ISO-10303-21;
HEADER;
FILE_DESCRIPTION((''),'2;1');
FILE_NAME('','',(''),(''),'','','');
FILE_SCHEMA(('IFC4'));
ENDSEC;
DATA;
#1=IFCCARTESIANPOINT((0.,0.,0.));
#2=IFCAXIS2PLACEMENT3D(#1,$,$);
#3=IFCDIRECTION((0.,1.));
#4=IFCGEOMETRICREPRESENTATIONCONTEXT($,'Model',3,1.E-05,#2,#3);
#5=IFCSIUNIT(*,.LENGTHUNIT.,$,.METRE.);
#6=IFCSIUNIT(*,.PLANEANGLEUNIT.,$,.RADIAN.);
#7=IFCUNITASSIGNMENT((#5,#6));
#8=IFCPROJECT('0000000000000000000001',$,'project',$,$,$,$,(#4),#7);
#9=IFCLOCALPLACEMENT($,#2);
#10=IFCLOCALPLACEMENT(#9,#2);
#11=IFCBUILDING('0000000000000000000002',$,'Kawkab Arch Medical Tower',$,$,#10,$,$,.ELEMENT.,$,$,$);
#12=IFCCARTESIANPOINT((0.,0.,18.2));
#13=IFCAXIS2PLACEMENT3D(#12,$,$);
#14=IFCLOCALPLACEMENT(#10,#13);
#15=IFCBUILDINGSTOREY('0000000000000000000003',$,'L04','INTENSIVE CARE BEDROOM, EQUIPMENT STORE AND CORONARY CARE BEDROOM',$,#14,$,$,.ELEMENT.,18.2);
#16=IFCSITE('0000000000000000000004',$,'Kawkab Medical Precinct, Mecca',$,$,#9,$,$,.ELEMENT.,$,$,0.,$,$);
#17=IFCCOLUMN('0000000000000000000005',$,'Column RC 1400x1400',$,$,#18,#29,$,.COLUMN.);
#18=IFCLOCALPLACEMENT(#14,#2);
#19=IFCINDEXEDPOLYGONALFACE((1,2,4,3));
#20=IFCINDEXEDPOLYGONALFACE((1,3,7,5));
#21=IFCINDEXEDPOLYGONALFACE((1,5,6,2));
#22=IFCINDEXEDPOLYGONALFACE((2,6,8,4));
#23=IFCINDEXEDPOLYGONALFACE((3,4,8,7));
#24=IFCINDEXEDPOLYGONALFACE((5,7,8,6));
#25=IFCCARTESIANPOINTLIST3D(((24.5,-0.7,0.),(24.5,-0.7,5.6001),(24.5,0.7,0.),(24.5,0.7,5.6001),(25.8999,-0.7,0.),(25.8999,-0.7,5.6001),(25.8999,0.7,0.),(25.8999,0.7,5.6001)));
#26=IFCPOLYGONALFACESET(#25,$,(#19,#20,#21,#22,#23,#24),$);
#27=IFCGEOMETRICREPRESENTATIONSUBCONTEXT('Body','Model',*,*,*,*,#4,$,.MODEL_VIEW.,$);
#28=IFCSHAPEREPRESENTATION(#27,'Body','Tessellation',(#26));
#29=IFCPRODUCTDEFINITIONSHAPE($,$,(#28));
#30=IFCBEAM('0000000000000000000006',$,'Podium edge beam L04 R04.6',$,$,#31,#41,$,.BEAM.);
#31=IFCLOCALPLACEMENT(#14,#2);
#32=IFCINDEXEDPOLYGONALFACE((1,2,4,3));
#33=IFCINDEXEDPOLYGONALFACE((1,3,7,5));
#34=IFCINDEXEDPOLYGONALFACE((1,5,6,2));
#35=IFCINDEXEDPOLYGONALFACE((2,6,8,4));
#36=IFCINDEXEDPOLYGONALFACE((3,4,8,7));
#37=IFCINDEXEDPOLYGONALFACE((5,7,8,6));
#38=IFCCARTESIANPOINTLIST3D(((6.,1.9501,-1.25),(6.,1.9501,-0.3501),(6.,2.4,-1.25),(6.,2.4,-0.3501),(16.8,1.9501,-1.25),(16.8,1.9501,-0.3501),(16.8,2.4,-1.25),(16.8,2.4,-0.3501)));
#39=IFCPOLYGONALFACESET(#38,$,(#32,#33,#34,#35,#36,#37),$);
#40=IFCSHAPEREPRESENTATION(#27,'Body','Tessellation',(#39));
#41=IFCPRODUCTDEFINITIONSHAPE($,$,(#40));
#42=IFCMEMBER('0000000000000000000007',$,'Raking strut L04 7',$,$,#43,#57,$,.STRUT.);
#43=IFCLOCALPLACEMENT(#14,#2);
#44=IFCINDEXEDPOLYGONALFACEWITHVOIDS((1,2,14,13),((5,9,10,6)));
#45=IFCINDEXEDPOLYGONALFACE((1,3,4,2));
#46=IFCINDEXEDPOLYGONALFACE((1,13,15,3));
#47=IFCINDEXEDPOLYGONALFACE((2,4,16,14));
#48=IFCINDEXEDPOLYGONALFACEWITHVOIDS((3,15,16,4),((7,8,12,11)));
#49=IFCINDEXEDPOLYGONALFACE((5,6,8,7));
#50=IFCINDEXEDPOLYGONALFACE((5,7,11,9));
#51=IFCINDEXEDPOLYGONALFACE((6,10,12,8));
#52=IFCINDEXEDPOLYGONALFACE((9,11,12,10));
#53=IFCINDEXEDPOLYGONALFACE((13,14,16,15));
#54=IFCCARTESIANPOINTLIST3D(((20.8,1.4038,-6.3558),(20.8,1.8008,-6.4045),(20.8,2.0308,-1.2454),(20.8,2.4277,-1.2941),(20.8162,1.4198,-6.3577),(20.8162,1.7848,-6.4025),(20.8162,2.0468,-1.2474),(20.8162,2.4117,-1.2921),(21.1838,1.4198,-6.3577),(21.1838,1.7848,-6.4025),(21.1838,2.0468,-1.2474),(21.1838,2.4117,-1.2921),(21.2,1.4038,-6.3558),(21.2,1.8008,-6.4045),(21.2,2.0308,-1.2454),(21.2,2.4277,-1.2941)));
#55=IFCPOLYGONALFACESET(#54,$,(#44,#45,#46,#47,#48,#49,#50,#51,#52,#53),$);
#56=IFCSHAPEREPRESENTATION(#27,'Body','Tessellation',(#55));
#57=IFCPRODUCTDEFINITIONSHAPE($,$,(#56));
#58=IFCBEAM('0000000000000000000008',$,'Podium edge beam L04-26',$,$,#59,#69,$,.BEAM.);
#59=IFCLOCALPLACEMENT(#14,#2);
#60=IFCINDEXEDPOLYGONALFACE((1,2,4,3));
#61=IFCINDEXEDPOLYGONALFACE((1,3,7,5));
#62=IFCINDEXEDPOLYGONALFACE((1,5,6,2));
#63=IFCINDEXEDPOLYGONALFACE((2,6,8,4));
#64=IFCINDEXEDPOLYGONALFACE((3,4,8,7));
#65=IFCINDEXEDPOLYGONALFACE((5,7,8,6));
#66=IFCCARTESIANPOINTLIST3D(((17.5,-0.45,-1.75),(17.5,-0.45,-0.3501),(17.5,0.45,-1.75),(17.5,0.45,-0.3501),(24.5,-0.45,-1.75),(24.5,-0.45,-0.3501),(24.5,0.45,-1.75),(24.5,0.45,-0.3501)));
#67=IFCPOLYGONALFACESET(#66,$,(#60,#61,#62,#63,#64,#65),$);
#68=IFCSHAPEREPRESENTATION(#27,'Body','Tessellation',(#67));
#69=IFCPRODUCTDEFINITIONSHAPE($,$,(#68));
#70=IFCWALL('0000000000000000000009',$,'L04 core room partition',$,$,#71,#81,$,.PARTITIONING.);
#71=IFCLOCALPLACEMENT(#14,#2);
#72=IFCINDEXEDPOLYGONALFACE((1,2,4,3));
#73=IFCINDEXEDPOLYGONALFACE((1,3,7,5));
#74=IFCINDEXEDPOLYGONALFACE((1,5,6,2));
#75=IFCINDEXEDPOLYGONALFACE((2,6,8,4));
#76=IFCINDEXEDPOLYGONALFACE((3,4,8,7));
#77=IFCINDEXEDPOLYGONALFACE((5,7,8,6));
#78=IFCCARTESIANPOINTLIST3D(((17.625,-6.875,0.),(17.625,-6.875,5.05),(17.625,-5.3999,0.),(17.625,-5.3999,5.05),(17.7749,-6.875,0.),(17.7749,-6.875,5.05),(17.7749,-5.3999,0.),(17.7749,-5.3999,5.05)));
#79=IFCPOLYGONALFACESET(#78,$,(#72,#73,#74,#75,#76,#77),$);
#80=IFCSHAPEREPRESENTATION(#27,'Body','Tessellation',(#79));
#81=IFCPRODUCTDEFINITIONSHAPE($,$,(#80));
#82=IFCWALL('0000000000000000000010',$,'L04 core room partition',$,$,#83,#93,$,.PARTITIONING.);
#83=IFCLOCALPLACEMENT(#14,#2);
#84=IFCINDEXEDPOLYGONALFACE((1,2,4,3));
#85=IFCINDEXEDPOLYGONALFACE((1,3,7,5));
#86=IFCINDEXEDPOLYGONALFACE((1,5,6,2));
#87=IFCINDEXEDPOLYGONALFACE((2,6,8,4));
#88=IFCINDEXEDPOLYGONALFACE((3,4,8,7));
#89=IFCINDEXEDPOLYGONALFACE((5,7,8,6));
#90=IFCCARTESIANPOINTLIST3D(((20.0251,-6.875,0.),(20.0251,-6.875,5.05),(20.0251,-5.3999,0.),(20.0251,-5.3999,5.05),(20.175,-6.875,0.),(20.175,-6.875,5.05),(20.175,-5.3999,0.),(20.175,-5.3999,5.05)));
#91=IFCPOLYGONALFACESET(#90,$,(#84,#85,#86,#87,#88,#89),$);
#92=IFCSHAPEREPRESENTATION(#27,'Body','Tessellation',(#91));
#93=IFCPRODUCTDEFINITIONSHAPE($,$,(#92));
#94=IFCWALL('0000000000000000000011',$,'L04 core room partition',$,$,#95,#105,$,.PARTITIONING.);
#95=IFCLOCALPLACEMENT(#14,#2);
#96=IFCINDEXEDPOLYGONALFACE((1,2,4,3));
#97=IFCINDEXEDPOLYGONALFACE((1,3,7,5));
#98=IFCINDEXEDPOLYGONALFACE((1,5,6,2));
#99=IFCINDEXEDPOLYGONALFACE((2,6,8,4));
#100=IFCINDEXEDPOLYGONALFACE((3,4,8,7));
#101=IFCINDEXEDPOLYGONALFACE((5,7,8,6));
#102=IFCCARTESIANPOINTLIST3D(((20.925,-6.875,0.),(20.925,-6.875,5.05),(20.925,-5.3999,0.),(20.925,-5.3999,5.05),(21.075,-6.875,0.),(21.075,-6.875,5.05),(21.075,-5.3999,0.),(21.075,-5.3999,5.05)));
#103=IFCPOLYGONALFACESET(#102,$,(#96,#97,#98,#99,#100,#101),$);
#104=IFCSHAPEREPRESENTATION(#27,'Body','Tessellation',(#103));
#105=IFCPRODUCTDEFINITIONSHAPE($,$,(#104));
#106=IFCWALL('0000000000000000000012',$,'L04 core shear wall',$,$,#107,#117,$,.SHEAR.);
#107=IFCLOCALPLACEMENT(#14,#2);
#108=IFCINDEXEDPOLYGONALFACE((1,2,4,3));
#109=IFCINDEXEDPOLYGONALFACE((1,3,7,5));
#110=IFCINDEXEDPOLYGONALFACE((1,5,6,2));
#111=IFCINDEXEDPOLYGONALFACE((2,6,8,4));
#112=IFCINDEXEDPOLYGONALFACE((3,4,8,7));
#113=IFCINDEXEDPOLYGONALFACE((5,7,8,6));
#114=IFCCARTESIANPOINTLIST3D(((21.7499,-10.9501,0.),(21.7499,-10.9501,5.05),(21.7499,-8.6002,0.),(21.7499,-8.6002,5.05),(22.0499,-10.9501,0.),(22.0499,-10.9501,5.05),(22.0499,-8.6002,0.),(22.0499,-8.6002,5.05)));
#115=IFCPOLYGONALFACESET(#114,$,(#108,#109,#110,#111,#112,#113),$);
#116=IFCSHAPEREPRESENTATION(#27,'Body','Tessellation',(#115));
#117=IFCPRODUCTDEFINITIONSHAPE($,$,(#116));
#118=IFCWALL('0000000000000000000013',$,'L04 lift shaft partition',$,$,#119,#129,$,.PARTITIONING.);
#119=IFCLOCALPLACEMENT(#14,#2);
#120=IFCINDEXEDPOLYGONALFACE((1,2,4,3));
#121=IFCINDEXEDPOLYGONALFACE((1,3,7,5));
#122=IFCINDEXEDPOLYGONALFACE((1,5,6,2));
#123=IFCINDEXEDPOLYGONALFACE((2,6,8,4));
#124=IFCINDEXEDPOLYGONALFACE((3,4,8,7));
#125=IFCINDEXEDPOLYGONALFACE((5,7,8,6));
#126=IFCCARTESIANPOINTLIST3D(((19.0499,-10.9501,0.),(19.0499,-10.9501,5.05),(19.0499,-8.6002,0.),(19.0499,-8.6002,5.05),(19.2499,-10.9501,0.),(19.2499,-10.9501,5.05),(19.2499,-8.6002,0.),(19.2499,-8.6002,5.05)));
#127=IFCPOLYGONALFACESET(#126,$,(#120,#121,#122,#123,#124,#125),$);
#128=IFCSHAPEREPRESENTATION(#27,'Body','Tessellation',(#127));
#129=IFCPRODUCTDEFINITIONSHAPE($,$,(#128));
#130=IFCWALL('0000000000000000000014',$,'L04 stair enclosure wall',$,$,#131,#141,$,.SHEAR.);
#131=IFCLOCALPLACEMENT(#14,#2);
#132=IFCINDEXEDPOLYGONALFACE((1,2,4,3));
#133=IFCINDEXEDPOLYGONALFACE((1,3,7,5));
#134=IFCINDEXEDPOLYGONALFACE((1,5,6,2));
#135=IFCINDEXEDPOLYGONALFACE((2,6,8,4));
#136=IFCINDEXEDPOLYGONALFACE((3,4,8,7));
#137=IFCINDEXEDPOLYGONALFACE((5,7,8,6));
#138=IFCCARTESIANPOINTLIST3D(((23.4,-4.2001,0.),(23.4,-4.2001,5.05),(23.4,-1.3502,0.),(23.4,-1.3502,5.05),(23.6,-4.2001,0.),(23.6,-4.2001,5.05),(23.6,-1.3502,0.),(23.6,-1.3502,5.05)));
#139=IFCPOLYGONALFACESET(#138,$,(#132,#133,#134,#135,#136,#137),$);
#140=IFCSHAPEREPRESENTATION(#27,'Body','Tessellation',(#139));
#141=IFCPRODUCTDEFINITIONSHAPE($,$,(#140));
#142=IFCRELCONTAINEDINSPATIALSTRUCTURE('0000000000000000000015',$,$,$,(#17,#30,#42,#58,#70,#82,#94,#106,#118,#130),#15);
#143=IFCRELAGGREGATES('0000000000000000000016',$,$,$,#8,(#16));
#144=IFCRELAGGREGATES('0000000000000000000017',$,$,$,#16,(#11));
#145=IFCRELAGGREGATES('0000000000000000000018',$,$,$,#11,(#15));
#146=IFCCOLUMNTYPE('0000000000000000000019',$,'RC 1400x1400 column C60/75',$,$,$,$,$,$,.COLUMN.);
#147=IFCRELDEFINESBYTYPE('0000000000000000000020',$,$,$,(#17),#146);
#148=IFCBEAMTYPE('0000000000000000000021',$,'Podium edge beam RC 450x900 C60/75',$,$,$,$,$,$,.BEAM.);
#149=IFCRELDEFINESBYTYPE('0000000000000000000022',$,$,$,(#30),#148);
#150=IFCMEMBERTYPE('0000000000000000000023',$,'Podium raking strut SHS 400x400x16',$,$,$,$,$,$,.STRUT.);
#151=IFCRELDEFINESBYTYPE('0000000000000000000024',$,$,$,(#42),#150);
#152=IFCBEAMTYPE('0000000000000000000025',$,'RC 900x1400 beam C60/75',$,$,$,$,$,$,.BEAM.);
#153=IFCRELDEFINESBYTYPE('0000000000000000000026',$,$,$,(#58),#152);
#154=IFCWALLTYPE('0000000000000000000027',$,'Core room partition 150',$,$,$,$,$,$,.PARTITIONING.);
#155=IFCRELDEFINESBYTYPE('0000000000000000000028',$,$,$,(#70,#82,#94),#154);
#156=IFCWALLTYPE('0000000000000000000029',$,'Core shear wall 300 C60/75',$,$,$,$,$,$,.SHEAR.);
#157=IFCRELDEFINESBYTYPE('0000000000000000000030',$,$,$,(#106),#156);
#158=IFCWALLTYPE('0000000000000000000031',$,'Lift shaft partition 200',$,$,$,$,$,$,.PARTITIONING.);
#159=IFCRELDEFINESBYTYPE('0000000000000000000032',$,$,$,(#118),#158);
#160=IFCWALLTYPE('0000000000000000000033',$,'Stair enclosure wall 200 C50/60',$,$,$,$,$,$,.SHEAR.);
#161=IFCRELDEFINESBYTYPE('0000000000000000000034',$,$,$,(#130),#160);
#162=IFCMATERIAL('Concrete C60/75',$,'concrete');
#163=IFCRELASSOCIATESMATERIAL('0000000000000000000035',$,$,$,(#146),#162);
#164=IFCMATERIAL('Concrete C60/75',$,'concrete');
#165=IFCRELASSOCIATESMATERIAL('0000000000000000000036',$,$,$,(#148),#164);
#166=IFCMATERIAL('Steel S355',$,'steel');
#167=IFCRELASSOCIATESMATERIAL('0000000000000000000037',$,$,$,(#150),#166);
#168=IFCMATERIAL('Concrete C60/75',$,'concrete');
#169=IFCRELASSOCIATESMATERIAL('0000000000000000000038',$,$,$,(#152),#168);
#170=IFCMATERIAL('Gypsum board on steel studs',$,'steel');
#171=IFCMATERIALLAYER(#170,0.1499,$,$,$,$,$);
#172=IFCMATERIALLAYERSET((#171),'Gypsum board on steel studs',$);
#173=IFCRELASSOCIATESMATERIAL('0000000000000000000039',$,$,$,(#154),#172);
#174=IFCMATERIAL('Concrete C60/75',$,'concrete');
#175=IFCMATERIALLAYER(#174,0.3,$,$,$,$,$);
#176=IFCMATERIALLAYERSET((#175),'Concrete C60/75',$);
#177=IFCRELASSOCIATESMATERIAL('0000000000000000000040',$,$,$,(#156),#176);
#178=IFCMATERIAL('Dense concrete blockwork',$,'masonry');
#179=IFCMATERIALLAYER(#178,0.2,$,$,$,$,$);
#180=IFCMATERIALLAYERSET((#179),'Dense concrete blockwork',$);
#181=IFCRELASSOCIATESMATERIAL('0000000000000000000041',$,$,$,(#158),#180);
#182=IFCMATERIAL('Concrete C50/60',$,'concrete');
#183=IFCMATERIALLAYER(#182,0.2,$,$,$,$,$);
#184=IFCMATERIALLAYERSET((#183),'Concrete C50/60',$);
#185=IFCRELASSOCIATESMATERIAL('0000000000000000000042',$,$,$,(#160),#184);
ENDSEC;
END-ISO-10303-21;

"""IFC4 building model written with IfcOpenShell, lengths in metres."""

from ifc_helpers import new_model, si_unit, direction, frame, frame_2d, origin, origin_2d, place, context, subcontext, project, spatial, rectangle, hollow_rectangle, extrude, material, layer, layer_set, material_profile, profile_set, type_object, element, save


model = new_model("IFC4")

# Units and contexts
model_context = context("Model", 3, precision=1e-05, world=origin(), true_north=direction((0.0, 1.0)))
body_context = subcontext(model_context, "Body", "Model", "MODEL_VIEW")
ifc_project = project(units=[si_unit("LENGTHUNIT", "METRE"), si_unit("PLANEANGLEUNIT", "RADIAN")], contexts=[model_context])

# Site, building, storey
site_placement = place(None, origin())
site = spatial("IfcSite", under=ifc_project, at=site_placement, Name="Kawkab Medical Precinct, Mecca", CompositionType="ELEMENT", RefElevation=0.0)
building_placement = place(site_placement, origin())
building = spatial("IfcBuilding", under=site, at=building_placement, Name="Kawkab Arch Medical Tower", CompositionType="ELEMENT")
storey_placement = place(building_placement, frame((0.0, 0.0, 18.2)))
storey = spatial("IfcBuildingStorey", under=building, at=storey_placement, Name="L04", Description="INTENSIVE CARE BEDROOM, EQUIPMENT STORE AND CORONARY CARE BEDROOM", CompositionType="ELEMENT", Elevation=18.2)

# Column
ifc_material_1 = material(Name="Concrete C60/75", Category="concrete")
ifc_material_profile_1 = material_profile(ifc_material_1, rectangle(XDim=1.3999, YDim=1.3999, at=origin_2d()), Name="RC 1400x1400")
ifc_profile_set_1 = profile_set([ifc_material_profile_1], Name="Concrete C60/75")
column_type = type_object("IfcColumnType", Name="RC 1400x1400 column C60/75", PredefinedType="COLUMN", material=ifc_profile_set_1)
column_placement = place(storey_placement, frame((25.2, 0.0, 0.0), z_axis=(0.0, 0.0, 1.0), x_axis=(1.0, 0.0, 0.0)))
element("IfcColumn", 1, at=column_placement, inside=storey, type_object=column_type, Name="Column RC 1400x1400", PredefinedType="COLUMN", context=body_context, shape_type="SweptSolid", body=[
    extrude(rectangle(XDim=1.3999, YDim=1.3999, at=origin_2d()), origin(), (0.0, 0.0, 1.0), 5.6001),
])

# Beam
ifc_material_2 = material(Name="Concrete C60/75", Category="concrete")
ifc_material_profile_2 = material_profile(ifc_material_2, rectangle(XDim=0.45, YDim=0.8999, at=origin_2d()), Name="RC 450x900")
ifc_profile_set_2 = profile_set([ifc_material_profile_2], Name="Concrete C60/75")
beam_type_1 = type_object("IfcBeamType", Name="Podium edge beam RC 450x900 C60/75", PredefinedType="BEAM", material=ifc_profile_set_2)
beam_1_placement = place(storey_placement, frame((16.8, 2.175, -0.8), z_axis=(-1.0, 0.0, 0.0), x_axis=(0.0, -1.0, 0.0)))
element("IfcBeam", 2, at=beam_1_placement, inside=storey, type_object=beam_type_1, Name="Podium edge beam L04 R04.6", PredefinedType="BEAM", context=body_context, shape_type="SweptSolid", body=[
    extrude(rectangle(XDim=0.45, YDim=0.8999, at=origin_2d()), origin(), (0.0, 0.0, 1.0), 10.8),
])

# Member
ifc_material_3 = material(Name="Steel S355", Category="steel")
ifc_material_profile_3 = material_profile(ifc_material_3, hollow_rectangle(XDim=0.3999, YDim=0.3999, WallThickness=0.0161, at=origin_2d()), Name="SHS 400x400x16")
ifc_profile_set_3 = profile_set([ifc_material_profile_3], Name="Steel S355")
member_type = type_object("IfcMemberType", Name="Podium raking strut SHS 400x400x16", PredefinedType="STRUT", material=ifc_profile_set_3)
member_placement = place(storey_placement, frame((21.0, 1.6023, -6.3801), z_axis=(0.0, 0.12177, 0.992558), x_axis=(-1.0, 0.0, 0.0)))
element("IfcMember", 3, at=member_placement, inside=storey, type_object=member_type, Name="Raking strut L04 7", PredefinedType="STRUT", context=body_context, shape_type="SweptSolid", body=[
    extrude(hollow_rectangle(XDim=0.3999, YDim=0.3999, WallThickness=0.0161, at=origin_2d()), origin(), (0.0, 0.0, 1.0), 5.1487),
])

# Beam
ifc_material_4 = material(Name="Concrete C60/75", Category="concrete")
ifc_material_profile_4 = material_profile(ifc_material_4, rectangle(XDim=0.8999, YDim=1.3999, at=origin_2d()), Name="RC 900x1400")
ifc_profile_set_4 = profile_set([ifc_material_profile_4], Name="Concrete C60/75")
beam_type_2 = type_object("IfcBeamType", Name="RC 900x1400 beam C60/75", PredefinedType="BEAM", material=ifc_profile_set_4)
beam_2_placement = place(storey_placement, frame((24.5, 0.0, -1.05), z_axis=(-1.0, 0.0, 0.0), x_axis=(0.0, -1.0, 0.0)))
element("IfcBeam", 4, at=beam_2_placement, inside=storey, type_object=beam_type_2, Name="Podium edge beam L04-26", PredefinedType="BEAM", context=body_context, shape_type="SweptSolid", body=[
    extrude(rectangle(XDim=0.8999, YDim=1.3999, at=origin_2d()), origin(), (0.0, 0.0, 1.0), 7.0),
])

# Walls
ifc_material_5 = material(Name="Gypsum board on steel studs", Category="steel")
ifc_layer_1 = layer(ifc_material_5, 0.1499)
ifc_layer_set_1 = layer_set([ifc_layer_1], Name="Gypsum board on steel studs")
wall_type_1 = type_object("IfcWallType", Name="Core room partition 150", PredefinedType="PARTITIONING", material=ifc_layer_set_1)
for number, where, z_axis, x_axis, name in (
    (5, (17.7, -6.875, 0.0), (0.0, 0.0, 1.0), (0.0, 1.0, 0.0), "L04 core room partition"),
    (6, (20.1001, -6.875, 0.0), (0.0, 0.0, 1.0), (0.0, 1.0, 0.0), "L04 core room partition"),
    (7, (21.0, -6.875, 0.0), (0.0, 0.0, 1.0), (0.0, 1.0, 0.0), "L04 core room partition"),
):
    element("IfcWall", number, at=place(storey_placement, frame(where, z_axis=z_axis, x_axis=x_axis)), inside=storey, type_object=wall_type_1, Name=name, PredefinedType="PARTITIONING", context=body_context, shape_type="SweptSolid", body=[
        extrude(rectangle(XDim=1.4751, YDim=0.1499, at=frame_2d((0.7375, 0.0))), origin(), (0.0, 0.0, 1.0), 5.05),
    ])
ifc_material_6 = material(Name="Concrete C60/75", Category="concrete")
ifc_layer_2 = layer(ifc_material_6, 0.3)
ifc_layer_set_2 = layer_set([ifc_layer_2], Name="Concrete C60/75")
wall_type_2 = type_object("IfcWallType", Name="Core shear wall 300 C60/75", PredefinedType="SHEAR", material=ifc_layer_set_2)
wall_1_placement = place(storey_placement, frame((21.8999, -10.95, 0.0), z_axis=(0.0, 0.0, 1.0), x_axis=(0.0, 1.0, 0.0)))
element("IfcWall", 8, at=wall_1_placement, inside=storey, type_object=wall_type_2, Name="L04 core shear wall", PredefinedType="SHEAR", context=body_context, shape_type="SweptSolid", body=[
    extrude(rectangle(XDim=2.3499, YDim=0.3, at=frame_2d((1.1748, 0.0))), origin(), (0.0, 0.0, 1.0), 5.05),
])
ifc_material_7 = material(Name="Dense concrete blockwork", Category="masonry")
ifc_layer_3 = layer(ifc_material_7, 0.2)
ifc_layer_set_3 = layer_set([ifc_layer_3], Name="Dense concrete blockwork")
wall_type_3 = type_object("IfcWallType", Name="Lift shaft partition 200", PredefinedType="PARTITIONING", material=ifc_layer_set_3)
wall_2_placement = place(storey_placement, frame((19.1499, -10.95, 0.0), z_axis=(0.0, 0.0, 1.0), x_axis=(0.0, 1.0, 0.0)))
element("IfcWall", 9, at=wall_2_placement, inside=storey, type_object=wall_type_3, Name="L04 lift shaft partition", PredefinedType="PARTITIONING", context=body_context, shape_type="SweptSolid", body=[
    extrude(rectangle(XDim=2.3499, YDim=0.2, at=frame_2d((1.1748, 0.0))), origin(), (0.0, 0.0, 1.0), 5.05),
])
ifc_material_8 = material(Name="Concrete C50/60", Category="concrete")
ifc_layer_4 = layer(ifc_material_8, 0.2)
ifc_layer_set_4 = layer_set([ifc_layer_4], Name="Concrete C50/60")
wall_type_4 = type_object("IfcWallType", Name="Stair enclosure wall 200 C50/60", PredefinedType="SHEAR", material=ifc_layer_set_4)
wall_3_placement = place(storey_placement, frame((23.5, -4.2, 0.0), z_axis=(0.0, 0.0, 1.0), x_axis=(0.0, 1.0, 0.0)))
element("IfcWall", 10, at=wall_3_placement, inside=storey, type_object=wall_type_4, Name="L04 stair enclosure wall", PredefinedType="SHEAR", context=body_context, shape_type="SweptSolid", body=[
    extrude(rectangle(XDim=2.8499, YDim=0.2, at=frame_2d((1.4248, 0.0))), origin(), (0.0, 0.0, 1.0), 5.05),
])

save(model, "model.ifc")
